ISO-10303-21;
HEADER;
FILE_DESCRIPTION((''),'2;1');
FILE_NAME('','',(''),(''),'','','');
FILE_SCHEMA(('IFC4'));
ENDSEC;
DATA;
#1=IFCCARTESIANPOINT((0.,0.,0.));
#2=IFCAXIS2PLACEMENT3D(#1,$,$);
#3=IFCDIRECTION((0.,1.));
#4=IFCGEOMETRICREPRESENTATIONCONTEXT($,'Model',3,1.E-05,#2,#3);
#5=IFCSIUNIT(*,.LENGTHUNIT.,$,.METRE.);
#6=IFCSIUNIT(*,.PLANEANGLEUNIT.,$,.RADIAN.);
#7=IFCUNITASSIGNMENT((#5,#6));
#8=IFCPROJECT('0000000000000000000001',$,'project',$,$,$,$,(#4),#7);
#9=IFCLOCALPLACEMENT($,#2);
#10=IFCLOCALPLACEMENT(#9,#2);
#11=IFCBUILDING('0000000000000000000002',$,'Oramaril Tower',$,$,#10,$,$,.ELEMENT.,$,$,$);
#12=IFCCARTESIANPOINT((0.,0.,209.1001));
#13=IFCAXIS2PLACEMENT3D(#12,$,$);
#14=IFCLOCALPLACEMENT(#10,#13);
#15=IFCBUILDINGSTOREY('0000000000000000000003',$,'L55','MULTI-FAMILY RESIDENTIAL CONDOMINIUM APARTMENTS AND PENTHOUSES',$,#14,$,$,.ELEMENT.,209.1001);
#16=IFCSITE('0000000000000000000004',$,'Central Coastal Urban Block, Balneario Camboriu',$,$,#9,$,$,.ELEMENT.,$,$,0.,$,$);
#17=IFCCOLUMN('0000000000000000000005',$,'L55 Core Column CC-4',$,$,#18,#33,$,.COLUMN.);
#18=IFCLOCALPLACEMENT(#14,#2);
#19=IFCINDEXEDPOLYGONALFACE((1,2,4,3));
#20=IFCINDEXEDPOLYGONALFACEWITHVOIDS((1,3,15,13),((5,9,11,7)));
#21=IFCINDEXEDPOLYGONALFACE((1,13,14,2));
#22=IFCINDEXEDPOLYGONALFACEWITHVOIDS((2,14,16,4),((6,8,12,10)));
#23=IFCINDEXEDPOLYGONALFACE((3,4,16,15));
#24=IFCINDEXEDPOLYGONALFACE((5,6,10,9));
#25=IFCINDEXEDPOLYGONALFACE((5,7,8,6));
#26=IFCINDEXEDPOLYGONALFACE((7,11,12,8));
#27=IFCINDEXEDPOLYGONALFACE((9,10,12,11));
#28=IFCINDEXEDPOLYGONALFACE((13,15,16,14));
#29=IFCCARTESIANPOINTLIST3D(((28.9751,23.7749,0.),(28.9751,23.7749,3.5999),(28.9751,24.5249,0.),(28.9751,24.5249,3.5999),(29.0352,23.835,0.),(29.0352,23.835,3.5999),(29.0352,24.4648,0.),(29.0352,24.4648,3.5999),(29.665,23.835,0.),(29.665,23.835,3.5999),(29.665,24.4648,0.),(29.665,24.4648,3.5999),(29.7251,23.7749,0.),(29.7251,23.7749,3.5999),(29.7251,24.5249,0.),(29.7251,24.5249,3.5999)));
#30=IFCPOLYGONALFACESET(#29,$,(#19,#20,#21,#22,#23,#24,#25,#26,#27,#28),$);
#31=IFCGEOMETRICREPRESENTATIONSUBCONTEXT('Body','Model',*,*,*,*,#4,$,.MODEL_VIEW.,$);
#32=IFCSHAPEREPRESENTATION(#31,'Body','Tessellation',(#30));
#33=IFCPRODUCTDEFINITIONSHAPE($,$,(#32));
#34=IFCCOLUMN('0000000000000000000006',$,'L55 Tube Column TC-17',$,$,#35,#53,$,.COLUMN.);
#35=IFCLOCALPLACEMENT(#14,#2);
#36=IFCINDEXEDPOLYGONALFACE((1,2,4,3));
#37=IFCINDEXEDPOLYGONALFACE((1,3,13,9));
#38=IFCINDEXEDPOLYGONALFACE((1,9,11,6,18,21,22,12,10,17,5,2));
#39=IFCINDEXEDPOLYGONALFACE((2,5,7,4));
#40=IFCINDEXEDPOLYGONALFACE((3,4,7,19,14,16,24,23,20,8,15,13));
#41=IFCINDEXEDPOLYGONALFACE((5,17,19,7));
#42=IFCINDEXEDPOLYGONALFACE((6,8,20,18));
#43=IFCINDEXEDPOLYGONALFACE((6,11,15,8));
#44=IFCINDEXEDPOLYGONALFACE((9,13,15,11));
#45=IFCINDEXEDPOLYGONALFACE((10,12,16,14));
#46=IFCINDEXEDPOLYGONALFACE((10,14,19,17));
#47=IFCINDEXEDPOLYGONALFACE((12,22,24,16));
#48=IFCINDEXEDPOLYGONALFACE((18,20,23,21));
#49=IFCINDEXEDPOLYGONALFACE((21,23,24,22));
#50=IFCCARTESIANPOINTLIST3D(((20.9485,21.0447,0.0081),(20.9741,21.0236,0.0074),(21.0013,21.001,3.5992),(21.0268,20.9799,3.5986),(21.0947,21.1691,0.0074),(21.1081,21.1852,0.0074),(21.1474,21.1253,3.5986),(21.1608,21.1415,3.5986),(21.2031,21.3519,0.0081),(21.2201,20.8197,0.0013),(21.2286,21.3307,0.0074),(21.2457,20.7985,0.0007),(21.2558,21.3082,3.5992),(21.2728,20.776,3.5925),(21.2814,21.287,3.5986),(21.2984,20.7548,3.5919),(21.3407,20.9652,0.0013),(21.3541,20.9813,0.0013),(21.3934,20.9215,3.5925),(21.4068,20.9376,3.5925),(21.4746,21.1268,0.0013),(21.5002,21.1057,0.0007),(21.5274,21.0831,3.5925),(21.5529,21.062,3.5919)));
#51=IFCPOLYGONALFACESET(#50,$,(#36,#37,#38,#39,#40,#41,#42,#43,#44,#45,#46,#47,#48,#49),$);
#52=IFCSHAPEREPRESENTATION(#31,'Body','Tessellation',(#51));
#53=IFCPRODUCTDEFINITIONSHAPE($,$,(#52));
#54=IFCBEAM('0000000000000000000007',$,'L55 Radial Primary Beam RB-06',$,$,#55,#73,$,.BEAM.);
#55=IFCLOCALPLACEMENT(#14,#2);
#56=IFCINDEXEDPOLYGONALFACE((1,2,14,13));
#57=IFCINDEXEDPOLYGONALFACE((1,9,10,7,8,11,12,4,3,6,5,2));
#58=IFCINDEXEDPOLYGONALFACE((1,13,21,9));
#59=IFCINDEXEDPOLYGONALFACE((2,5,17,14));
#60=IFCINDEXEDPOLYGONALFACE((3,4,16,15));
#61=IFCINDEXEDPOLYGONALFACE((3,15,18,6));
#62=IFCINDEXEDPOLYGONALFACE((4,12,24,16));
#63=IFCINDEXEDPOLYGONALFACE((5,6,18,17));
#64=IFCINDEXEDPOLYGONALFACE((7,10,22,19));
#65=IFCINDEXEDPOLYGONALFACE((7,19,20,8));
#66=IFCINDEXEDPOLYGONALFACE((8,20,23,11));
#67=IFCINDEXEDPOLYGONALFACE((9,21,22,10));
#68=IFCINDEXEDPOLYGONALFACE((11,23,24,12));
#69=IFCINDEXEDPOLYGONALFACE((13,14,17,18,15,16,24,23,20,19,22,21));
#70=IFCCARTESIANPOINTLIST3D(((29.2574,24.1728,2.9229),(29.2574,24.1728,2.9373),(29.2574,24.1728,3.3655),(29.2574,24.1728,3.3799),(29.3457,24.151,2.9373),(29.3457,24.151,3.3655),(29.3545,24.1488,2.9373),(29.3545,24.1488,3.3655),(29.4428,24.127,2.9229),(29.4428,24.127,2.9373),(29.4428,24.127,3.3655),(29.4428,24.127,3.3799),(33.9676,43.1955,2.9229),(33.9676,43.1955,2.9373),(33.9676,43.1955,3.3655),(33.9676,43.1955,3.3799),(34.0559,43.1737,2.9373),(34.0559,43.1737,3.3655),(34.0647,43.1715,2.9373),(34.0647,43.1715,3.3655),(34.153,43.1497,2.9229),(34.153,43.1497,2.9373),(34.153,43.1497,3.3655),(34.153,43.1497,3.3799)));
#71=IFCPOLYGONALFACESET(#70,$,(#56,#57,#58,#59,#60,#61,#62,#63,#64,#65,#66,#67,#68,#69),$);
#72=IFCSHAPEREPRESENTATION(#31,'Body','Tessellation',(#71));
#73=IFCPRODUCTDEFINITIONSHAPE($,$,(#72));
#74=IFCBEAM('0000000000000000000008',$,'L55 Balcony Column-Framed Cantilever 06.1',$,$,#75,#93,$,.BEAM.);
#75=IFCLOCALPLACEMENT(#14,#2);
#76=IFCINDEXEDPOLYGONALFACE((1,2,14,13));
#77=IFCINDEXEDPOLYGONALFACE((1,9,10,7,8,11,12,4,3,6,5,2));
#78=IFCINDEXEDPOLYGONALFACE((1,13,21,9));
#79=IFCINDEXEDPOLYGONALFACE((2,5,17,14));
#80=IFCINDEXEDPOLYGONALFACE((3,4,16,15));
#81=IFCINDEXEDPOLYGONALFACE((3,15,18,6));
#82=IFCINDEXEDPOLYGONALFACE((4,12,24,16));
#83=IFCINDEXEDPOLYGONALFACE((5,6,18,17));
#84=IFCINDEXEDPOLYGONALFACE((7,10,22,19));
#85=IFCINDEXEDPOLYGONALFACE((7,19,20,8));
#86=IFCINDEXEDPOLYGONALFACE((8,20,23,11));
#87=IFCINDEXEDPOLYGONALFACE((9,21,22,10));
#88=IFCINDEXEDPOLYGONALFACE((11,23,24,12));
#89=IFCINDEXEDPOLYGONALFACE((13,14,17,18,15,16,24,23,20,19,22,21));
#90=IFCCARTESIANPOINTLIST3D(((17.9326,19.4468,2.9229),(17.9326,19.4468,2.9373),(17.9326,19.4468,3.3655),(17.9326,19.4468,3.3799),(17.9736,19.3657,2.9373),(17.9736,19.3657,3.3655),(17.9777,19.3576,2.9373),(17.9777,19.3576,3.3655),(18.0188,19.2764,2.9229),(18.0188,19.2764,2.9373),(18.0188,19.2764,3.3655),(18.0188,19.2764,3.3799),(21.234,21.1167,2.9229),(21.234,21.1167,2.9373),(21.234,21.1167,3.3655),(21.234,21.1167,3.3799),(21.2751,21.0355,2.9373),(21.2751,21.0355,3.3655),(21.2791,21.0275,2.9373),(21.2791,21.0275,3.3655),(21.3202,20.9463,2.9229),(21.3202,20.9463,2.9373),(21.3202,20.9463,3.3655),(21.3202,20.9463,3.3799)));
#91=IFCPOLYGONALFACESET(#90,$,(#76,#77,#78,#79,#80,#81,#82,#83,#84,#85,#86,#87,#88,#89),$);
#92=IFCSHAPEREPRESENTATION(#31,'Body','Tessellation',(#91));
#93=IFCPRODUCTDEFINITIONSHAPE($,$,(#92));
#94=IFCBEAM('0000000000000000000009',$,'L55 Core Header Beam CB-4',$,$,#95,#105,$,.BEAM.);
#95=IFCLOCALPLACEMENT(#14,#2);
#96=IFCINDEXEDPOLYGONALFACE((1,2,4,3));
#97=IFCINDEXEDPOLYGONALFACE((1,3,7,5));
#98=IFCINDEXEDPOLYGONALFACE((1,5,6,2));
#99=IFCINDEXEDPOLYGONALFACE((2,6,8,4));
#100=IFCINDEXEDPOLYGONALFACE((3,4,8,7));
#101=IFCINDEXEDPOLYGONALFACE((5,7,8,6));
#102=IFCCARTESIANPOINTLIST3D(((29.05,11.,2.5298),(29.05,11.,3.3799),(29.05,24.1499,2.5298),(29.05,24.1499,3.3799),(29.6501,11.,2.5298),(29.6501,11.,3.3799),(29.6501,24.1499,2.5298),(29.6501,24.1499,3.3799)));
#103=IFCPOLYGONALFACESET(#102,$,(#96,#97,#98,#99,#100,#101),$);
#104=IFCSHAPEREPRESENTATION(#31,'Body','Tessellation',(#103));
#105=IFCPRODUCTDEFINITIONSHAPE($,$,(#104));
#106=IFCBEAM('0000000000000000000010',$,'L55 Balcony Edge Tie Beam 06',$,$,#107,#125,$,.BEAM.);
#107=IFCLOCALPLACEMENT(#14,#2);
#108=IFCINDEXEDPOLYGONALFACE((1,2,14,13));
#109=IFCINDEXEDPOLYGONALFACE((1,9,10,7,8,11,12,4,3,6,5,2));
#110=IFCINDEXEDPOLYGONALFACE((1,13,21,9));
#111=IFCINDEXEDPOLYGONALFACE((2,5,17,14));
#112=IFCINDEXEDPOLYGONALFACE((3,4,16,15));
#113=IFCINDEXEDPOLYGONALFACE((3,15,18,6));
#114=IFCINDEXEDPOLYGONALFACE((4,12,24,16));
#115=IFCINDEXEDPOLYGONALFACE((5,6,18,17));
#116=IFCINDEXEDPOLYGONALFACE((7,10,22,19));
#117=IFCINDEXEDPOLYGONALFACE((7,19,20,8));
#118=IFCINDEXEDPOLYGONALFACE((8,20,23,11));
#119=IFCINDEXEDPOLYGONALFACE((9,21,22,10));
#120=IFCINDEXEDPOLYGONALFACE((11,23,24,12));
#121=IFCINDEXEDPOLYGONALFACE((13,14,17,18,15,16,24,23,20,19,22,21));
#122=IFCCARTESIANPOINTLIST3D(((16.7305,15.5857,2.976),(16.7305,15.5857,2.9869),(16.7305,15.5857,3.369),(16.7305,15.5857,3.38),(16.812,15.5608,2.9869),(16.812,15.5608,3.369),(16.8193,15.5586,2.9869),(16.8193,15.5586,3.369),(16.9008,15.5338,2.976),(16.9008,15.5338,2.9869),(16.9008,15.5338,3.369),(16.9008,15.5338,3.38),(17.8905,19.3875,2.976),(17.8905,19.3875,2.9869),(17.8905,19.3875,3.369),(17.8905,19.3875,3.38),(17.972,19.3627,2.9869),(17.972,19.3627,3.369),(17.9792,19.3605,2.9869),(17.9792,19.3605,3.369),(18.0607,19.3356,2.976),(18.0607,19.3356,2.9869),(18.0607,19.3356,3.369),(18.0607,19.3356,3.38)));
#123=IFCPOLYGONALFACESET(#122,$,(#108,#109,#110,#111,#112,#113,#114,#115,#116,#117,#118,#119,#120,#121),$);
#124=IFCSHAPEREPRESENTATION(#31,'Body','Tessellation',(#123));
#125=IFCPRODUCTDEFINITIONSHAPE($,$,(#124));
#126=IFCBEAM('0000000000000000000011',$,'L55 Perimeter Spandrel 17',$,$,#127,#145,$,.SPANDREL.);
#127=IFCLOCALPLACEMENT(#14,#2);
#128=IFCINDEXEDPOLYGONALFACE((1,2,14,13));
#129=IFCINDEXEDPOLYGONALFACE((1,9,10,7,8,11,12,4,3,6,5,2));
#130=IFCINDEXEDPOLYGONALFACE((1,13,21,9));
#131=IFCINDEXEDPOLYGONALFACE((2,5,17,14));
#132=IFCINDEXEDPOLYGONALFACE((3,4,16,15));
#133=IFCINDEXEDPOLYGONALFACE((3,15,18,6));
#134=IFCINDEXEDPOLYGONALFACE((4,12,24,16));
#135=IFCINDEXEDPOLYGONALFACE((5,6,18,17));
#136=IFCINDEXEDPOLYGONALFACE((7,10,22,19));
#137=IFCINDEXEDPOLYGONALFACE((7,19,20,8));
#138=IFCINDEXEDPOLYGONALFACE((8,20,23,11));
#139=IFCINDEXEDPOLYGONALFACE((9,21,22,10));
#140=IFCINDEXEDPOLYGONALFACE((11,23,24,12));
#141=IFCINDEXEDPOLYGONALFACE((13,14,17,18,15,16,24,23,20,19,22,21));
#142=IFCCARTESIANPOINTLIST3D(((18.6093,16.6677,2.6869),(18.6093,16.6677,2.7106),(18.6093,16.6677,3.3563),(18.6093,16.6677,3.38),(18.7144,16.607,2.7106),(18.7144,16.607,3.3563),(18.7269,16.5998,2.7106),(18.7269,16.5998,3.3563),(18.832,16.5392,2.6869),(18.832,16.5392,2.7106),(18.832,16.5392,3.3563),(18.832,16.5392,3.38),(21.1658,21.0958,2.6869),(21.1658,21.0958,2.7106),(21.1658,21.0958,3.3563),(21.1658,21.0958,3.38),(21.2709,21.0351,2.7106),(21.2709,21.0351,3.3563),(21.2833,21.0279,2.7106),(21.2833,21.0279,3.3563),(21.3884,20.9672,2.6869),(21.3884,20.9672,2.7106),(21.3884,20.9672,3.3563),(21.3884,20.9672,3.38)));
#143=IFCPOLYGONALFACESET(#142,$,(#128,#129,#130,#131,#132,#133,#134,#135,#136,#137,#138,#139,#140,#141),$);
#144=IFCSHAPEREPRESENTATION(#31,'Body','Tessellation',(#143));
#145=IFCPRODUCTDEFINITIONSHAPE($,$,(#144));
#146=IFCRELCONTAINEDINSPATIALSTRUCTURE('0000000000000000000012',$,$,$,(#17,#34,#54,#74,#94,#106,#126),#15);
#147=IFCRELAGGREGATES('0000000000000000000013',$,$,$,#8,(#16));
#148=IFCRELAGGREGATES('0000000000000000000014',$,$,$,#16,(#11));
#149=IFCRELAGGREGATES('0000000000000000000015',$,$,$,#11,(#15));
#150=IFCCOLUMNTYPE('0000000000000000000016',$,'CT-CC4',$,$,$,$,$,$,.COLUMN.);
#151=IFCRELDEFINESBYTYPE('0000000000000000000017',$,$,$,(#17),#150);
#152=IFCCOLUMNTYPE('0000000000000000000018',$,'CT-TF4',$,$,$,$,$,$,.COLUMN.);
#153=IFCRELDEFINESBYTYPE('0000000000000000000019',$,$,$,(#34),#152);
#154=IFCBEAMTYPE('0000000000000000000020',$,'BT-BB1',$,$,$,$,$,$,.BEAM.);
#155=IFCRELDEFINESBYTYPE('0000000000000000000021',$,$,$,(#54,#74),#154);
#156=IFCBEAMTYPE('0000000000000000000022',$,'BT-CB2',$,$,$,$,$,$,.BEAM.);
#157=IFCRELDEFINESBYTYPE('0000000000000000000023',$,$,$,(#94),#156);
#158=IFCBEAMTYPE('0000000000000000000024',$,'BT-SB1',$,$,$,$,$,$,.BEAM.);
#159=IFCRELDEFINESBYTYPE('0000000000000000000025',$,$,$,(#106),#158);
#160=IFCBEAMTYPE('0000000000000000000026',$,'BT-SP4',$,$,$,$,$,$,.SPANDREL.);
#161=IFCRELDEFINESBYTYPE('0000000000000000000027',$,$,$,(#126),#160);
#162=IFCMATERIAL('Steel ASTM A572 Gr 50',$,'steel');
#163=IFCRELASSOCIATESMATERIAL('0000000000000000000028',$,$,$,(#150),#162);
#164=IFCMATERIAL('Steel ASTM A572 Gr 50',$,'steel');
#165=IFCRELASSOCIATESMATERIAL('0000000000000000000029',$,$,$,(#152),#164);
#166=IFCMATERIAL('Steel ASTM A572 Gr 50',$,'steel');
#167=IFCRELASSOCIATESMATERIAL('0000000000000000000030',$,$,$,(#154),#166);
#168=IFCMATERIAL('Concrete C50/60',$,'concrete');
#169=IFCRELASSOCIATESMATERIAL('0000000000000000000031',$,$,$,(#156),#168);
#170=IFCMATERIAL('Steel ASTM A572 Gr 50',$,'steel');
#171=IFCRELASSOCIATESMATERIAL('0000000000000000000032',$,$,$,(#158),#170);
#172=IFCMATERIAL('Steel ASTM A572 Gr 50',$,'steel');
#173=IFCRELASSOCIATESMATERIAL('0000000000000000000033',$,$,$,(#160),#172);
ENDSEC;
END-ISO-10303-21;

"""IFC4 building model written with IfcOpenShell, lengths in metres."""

from ifc_helpers import new_model, si_unit, direction, frame, origin, origin_2d, place, context, subcontext, project, spatial, rectangle, hollow_rectangle, i_section, extrude, material, material_profile, profile_set, type_object, element, save


model = new_model("IFC4")

# Units and contexts
model_context = context("Model", 3, precision=1e-05, world=origin(), true_north=direction((0.0, 1.0)))
body_context = subcontext(model_context, "Body", "Model", "MODEL_VIEW")
ifc_project = project(units=[si_unit("LENGTHUNIT", "METRE"), si_unit("PLANEANGLEUNIT", "RADIAN")], contexts=[model_context])

# Site, building, storey
site_placement = place(None, origin())
site = spatial("IfcSite", under=ifc_project, at=site_placement, Name="Central Coastal Urban Block, Balneario Camboriu", CompositionType="ELEMENT", RefElevation=0.0)
building_placement = place(site_placement, origin())
building = spatial("IfcBuilding", under=site, at=building_placement, Name="Oramaril Tower", CompositionType="ELEMENT")
storey_placement = place(building_placement, frame((0.0, 0.0, 209.1001)))
storey = spatial("IfcBuildingStorey", under=building, at=storey_placement, Name="L55", Description="MULTI-FAMILY RESIDENTIAL CONDOMINIUM APARTMENTS AND PENTHOUSES", CompositionType="ELEMENT", Elevation=209.1001)

# Columns
ifc_material_1 = material(Name="Steel ASTM A572 Gr 50", Category="steel")
ifc_material_profile_1 = material_profile(ifc_material_1, hollow_rectangle(XDim=0.75, YDim=0.75, WallThickness=0.0601, at=origin_2d()), Name="BOX750X750X60")
ifc_profile_set_1 = profile_set([ifc_material_profile_1], Name="Steel ASTM A572 Gr 50")
column_type_1 = type_object("IfcColumnType", Name="CT-CC4", PredefinedType="COLUMN", material=ifc_profile_set_1)
column_1_placement = place(storey_placement, frame((29.3501, 24.1499, 0.0), z_axis=(0.0, 0.0, 1.0), x_axis=(1.0, 0.0, 0.0)))
element("IfcColumn", 1, at=column_1_placement, inside=storey, type_object=column_type_1, Name="L55 Core Column CC-4", PredefinedType="COLUMN", context=body_context, shape_type="SweptSolid", body=[
    extrude(hollow_rectangle(XDim=0.75, YDim=0.75, WallThickness=0.0601, at=origin_2d()), origin(), (0.0, 0.0, 1.0), 3.5999),
])
ifc_material_2 = material(Name="Steel ASTM A572 Gr 50", Category="steel")
ifc_material_profile_2 = material_profile(ifc_material_2, i_section(OverallWidth=0.3989, OverallDepth=0.386, WebThickness=0.021, FlangeThickness=0.0332, at=origin_2d()), Name="W14X176")
ifc_profile_set_2 = profile_set([ifc_material_profile_2], Name="Steel ASTM A572 Gr 50")
column_type_2 = type_object("IfcColumnType", Name="CT-TF4", PredefinedType="COLUMN", material=ifc_profile_set_2)
column_2_placement = place(storey_placement, frame((21.2244, 21.0752, 0.0044), z_axis=(0.014682, -0.012167, 0.999818), x_axis=(0.638078, 0.769972, 0.0)))
element("IfcColumn", 2, at=column_2_placement, inside=storey, type_object=column_type_2, Name="L55 Tube Column TC-17", PredefinedType="COLUMN", context=body_context, shape_type="SweptSolid", body=[
    extrude(i_section(OverallWidth=0.3989, OverallDepth=0.386, WebThickness=0.021, FlangeThickness=0.0332, at=origin_2d()), origin(), (0.0, 0.0, 1.0), 3.5918),
])

# Beams
ifc_material_3 = material(Name="Steel ASTM A572 Gr 50", Category="steel")
ifc_material_profile_3 = material_profile(ifc_material_3, i_section(OverallWidth=0.1909, OverallDepth=0.457, WebThickness=0.009, FlangeThickness=0.0144, at=origin_2d()), Name="W18X50")
ifc_profile_set_3 = profile_set([ifc_material_profile_3], Name="Steel ASTM A572 Gr 50")
beam_type_1 = type_object("IfcBeamType", Name="BT-BB1", PredefinedType="BEAM", material=ifc_profile_set_3)
beam_1_placement = place(storey_placement, frame((29.3501, 24.1499, 3.1514), z_axis=(0.240351, 0.970686, 0.0), x_axis=(-0.970686, 0.240351, 0.0)))
element("IfcBeam", 3, at=beam_1_placement, inside=storey, type_object=beam_type_1, Name="L55 Radial Primary Beam RB-06", PredefinedType="BEAM", context=body_context, shape_type="SweptSolid", body=[
    extrude(i_section(OverallWidth=0.1909, OverallDepth=0.457, WebThickness=0.009, FlangeThickness=0.0144, at=origin_2d()), origin(), (0.0, 0.0, 1.0), 19.5972),
])
beam_2_placement = place(storey_placement, frame((21.2771, 21.0315, 3.1514), z_axis=(-0.892346, -0.451353, 0.0), x_axis=(0.451353, -0.892346, 0.0)))
element("IfcBeam", 4, at=beam_2_placement, inside=storey, type_object=beam_type_1, Name="L55 Balcony Column-Framed Cantilever 06.1", PredefinedType="BEAM", context=body_context, shape_type="SweptSolid", body=[
    extrude(i_section(OverallWidth=0.1909, OverallDepth=0.457, WebThickness=0.009, FlangeThickness=0.0144, at=origin_2d()), origin(), (0.0, 0.0, 1.0), 3.6997),
])
ifc_material_4 = material(Name="Concrete C50/60", Category="concrete")
ifc_material_profile_4 = material_profile(ifc_material_4, rectangle(XDim=0.6001, YDim=0.8501, at=origin_2d()), Name="CB600X850")
ifc_profile_set_4 = profile_set([ifc_material_profile_4], Name="Concrete C50/60")
beam_type_2 = type_object("IfcBeamType", Name="BT-CB2", PredefinedType="BEAM", material=ifc_profile_set_4)
beam_3_placement = place(storey_placement, frame((29.3501, 24.1499, 2.9548), z_axis=(0.0, -1.0, 0.0), x_axis=(1.0, 0.0, 0.0)))
element("IfcBeam", 5, at=beam_3_placement, inside=storey, type_object=beam_type_2, Name="L55 Core Header Beam CB-4", PredefinedType="BEAM", context=body_context, shape_type="SweptSolid", body=[
    extrude(rectangle(XDim=0.6001, YDim=0.8501, at=origin_2d()), origin(), (0.0, 0.0, 1.0), 13.1499),
])
ifc_material_5 = material(Name="Steel ASTM A572 Gr 50", Category="steel")
ifc_material_profile_5 = material_profile(ifc_material_5, i_section(OverallWidth=0.178, OverallDepth=0.4041, WebThickness=0.0076, FlangeThickness=0.011, at=origin_2d()), Name="W16X36")
ifc_profile_set_5 = profile_set([ifc_material_profile_5], Name="Steel ASTM A572 Gr 50")
beam_type_3 = type_object("IfcBeamType", Name="BT-SB1", PredefinedType="BEAM", material=ifc_profile_set_5)
beam_4_placement = place(storey_placement, frame((17.9756, 19.3616, 3.178), z_axis=(-0.291819, -0.956474, 0.0), x_axis=(0.956474, -0.291819, 0.0)))
element("IfcBeam", 6, at=beam_4_placement, inside=storey, type_object=beam_type_3, Name="L55 Balcony Edge Tie Beam 06", PredefinedType="BEAM", context=body_context, shape_type="SweptSolid", body=[
    extrude(i_section(OverallWidth=0.178, OverallDepth=0.4041, WebThickness=0.0076, FlangeThickness=0.011, at=origin_2d()), origin(), (0.0, 0.0, 1.0), 3.9749),
])
ifc_material_6 = material(Name="Steel ASTM A572 Gr 50", Category="steel")
ifc_material_profile_6 = material_profile(ifc_material_6, i_section(OverallWidth=0.2571, OverallDepth=0.6931, WebThickness=0.0144, FlangeThickness=0.0237, at=origin_2d()), Name="W27X114")
ifc_profile_set_6 = profile_set([ifc_material_profile_6], Name="Steel ASTM A572 Gr 50")
beam_type_4 = type_object("IfcBeamType", Name="BT-SP4", PredefinedType="SPANDREL", material=ifc_profile_set_6)
beam_5_placement = place(storey_placement, frame((21.2771, 21.0315, 3.0334), z_axis=(-0.499986, -0.866034, 0.0), x_axis=(0.866034, -0.499986, 0.0)))
element("IfcBeam", 7, at=beam_5_placement, inside=storey, type_object=beam_type_4, Name="L55 Perimeter Spandrel 17", PredefinedType="SPANDREL", context=body_context, shape_type="SweptSolid", body=[
    extrude(i_section(OverallWidth=0.2571, OverallDepth=0.6931, WebThickness=0.0144, FlangeThickness=0.0237, at=origin_2d()), origin(), (0.0, 0.0, 1.0), 5.113),
])

save(model, "model.ifc")
